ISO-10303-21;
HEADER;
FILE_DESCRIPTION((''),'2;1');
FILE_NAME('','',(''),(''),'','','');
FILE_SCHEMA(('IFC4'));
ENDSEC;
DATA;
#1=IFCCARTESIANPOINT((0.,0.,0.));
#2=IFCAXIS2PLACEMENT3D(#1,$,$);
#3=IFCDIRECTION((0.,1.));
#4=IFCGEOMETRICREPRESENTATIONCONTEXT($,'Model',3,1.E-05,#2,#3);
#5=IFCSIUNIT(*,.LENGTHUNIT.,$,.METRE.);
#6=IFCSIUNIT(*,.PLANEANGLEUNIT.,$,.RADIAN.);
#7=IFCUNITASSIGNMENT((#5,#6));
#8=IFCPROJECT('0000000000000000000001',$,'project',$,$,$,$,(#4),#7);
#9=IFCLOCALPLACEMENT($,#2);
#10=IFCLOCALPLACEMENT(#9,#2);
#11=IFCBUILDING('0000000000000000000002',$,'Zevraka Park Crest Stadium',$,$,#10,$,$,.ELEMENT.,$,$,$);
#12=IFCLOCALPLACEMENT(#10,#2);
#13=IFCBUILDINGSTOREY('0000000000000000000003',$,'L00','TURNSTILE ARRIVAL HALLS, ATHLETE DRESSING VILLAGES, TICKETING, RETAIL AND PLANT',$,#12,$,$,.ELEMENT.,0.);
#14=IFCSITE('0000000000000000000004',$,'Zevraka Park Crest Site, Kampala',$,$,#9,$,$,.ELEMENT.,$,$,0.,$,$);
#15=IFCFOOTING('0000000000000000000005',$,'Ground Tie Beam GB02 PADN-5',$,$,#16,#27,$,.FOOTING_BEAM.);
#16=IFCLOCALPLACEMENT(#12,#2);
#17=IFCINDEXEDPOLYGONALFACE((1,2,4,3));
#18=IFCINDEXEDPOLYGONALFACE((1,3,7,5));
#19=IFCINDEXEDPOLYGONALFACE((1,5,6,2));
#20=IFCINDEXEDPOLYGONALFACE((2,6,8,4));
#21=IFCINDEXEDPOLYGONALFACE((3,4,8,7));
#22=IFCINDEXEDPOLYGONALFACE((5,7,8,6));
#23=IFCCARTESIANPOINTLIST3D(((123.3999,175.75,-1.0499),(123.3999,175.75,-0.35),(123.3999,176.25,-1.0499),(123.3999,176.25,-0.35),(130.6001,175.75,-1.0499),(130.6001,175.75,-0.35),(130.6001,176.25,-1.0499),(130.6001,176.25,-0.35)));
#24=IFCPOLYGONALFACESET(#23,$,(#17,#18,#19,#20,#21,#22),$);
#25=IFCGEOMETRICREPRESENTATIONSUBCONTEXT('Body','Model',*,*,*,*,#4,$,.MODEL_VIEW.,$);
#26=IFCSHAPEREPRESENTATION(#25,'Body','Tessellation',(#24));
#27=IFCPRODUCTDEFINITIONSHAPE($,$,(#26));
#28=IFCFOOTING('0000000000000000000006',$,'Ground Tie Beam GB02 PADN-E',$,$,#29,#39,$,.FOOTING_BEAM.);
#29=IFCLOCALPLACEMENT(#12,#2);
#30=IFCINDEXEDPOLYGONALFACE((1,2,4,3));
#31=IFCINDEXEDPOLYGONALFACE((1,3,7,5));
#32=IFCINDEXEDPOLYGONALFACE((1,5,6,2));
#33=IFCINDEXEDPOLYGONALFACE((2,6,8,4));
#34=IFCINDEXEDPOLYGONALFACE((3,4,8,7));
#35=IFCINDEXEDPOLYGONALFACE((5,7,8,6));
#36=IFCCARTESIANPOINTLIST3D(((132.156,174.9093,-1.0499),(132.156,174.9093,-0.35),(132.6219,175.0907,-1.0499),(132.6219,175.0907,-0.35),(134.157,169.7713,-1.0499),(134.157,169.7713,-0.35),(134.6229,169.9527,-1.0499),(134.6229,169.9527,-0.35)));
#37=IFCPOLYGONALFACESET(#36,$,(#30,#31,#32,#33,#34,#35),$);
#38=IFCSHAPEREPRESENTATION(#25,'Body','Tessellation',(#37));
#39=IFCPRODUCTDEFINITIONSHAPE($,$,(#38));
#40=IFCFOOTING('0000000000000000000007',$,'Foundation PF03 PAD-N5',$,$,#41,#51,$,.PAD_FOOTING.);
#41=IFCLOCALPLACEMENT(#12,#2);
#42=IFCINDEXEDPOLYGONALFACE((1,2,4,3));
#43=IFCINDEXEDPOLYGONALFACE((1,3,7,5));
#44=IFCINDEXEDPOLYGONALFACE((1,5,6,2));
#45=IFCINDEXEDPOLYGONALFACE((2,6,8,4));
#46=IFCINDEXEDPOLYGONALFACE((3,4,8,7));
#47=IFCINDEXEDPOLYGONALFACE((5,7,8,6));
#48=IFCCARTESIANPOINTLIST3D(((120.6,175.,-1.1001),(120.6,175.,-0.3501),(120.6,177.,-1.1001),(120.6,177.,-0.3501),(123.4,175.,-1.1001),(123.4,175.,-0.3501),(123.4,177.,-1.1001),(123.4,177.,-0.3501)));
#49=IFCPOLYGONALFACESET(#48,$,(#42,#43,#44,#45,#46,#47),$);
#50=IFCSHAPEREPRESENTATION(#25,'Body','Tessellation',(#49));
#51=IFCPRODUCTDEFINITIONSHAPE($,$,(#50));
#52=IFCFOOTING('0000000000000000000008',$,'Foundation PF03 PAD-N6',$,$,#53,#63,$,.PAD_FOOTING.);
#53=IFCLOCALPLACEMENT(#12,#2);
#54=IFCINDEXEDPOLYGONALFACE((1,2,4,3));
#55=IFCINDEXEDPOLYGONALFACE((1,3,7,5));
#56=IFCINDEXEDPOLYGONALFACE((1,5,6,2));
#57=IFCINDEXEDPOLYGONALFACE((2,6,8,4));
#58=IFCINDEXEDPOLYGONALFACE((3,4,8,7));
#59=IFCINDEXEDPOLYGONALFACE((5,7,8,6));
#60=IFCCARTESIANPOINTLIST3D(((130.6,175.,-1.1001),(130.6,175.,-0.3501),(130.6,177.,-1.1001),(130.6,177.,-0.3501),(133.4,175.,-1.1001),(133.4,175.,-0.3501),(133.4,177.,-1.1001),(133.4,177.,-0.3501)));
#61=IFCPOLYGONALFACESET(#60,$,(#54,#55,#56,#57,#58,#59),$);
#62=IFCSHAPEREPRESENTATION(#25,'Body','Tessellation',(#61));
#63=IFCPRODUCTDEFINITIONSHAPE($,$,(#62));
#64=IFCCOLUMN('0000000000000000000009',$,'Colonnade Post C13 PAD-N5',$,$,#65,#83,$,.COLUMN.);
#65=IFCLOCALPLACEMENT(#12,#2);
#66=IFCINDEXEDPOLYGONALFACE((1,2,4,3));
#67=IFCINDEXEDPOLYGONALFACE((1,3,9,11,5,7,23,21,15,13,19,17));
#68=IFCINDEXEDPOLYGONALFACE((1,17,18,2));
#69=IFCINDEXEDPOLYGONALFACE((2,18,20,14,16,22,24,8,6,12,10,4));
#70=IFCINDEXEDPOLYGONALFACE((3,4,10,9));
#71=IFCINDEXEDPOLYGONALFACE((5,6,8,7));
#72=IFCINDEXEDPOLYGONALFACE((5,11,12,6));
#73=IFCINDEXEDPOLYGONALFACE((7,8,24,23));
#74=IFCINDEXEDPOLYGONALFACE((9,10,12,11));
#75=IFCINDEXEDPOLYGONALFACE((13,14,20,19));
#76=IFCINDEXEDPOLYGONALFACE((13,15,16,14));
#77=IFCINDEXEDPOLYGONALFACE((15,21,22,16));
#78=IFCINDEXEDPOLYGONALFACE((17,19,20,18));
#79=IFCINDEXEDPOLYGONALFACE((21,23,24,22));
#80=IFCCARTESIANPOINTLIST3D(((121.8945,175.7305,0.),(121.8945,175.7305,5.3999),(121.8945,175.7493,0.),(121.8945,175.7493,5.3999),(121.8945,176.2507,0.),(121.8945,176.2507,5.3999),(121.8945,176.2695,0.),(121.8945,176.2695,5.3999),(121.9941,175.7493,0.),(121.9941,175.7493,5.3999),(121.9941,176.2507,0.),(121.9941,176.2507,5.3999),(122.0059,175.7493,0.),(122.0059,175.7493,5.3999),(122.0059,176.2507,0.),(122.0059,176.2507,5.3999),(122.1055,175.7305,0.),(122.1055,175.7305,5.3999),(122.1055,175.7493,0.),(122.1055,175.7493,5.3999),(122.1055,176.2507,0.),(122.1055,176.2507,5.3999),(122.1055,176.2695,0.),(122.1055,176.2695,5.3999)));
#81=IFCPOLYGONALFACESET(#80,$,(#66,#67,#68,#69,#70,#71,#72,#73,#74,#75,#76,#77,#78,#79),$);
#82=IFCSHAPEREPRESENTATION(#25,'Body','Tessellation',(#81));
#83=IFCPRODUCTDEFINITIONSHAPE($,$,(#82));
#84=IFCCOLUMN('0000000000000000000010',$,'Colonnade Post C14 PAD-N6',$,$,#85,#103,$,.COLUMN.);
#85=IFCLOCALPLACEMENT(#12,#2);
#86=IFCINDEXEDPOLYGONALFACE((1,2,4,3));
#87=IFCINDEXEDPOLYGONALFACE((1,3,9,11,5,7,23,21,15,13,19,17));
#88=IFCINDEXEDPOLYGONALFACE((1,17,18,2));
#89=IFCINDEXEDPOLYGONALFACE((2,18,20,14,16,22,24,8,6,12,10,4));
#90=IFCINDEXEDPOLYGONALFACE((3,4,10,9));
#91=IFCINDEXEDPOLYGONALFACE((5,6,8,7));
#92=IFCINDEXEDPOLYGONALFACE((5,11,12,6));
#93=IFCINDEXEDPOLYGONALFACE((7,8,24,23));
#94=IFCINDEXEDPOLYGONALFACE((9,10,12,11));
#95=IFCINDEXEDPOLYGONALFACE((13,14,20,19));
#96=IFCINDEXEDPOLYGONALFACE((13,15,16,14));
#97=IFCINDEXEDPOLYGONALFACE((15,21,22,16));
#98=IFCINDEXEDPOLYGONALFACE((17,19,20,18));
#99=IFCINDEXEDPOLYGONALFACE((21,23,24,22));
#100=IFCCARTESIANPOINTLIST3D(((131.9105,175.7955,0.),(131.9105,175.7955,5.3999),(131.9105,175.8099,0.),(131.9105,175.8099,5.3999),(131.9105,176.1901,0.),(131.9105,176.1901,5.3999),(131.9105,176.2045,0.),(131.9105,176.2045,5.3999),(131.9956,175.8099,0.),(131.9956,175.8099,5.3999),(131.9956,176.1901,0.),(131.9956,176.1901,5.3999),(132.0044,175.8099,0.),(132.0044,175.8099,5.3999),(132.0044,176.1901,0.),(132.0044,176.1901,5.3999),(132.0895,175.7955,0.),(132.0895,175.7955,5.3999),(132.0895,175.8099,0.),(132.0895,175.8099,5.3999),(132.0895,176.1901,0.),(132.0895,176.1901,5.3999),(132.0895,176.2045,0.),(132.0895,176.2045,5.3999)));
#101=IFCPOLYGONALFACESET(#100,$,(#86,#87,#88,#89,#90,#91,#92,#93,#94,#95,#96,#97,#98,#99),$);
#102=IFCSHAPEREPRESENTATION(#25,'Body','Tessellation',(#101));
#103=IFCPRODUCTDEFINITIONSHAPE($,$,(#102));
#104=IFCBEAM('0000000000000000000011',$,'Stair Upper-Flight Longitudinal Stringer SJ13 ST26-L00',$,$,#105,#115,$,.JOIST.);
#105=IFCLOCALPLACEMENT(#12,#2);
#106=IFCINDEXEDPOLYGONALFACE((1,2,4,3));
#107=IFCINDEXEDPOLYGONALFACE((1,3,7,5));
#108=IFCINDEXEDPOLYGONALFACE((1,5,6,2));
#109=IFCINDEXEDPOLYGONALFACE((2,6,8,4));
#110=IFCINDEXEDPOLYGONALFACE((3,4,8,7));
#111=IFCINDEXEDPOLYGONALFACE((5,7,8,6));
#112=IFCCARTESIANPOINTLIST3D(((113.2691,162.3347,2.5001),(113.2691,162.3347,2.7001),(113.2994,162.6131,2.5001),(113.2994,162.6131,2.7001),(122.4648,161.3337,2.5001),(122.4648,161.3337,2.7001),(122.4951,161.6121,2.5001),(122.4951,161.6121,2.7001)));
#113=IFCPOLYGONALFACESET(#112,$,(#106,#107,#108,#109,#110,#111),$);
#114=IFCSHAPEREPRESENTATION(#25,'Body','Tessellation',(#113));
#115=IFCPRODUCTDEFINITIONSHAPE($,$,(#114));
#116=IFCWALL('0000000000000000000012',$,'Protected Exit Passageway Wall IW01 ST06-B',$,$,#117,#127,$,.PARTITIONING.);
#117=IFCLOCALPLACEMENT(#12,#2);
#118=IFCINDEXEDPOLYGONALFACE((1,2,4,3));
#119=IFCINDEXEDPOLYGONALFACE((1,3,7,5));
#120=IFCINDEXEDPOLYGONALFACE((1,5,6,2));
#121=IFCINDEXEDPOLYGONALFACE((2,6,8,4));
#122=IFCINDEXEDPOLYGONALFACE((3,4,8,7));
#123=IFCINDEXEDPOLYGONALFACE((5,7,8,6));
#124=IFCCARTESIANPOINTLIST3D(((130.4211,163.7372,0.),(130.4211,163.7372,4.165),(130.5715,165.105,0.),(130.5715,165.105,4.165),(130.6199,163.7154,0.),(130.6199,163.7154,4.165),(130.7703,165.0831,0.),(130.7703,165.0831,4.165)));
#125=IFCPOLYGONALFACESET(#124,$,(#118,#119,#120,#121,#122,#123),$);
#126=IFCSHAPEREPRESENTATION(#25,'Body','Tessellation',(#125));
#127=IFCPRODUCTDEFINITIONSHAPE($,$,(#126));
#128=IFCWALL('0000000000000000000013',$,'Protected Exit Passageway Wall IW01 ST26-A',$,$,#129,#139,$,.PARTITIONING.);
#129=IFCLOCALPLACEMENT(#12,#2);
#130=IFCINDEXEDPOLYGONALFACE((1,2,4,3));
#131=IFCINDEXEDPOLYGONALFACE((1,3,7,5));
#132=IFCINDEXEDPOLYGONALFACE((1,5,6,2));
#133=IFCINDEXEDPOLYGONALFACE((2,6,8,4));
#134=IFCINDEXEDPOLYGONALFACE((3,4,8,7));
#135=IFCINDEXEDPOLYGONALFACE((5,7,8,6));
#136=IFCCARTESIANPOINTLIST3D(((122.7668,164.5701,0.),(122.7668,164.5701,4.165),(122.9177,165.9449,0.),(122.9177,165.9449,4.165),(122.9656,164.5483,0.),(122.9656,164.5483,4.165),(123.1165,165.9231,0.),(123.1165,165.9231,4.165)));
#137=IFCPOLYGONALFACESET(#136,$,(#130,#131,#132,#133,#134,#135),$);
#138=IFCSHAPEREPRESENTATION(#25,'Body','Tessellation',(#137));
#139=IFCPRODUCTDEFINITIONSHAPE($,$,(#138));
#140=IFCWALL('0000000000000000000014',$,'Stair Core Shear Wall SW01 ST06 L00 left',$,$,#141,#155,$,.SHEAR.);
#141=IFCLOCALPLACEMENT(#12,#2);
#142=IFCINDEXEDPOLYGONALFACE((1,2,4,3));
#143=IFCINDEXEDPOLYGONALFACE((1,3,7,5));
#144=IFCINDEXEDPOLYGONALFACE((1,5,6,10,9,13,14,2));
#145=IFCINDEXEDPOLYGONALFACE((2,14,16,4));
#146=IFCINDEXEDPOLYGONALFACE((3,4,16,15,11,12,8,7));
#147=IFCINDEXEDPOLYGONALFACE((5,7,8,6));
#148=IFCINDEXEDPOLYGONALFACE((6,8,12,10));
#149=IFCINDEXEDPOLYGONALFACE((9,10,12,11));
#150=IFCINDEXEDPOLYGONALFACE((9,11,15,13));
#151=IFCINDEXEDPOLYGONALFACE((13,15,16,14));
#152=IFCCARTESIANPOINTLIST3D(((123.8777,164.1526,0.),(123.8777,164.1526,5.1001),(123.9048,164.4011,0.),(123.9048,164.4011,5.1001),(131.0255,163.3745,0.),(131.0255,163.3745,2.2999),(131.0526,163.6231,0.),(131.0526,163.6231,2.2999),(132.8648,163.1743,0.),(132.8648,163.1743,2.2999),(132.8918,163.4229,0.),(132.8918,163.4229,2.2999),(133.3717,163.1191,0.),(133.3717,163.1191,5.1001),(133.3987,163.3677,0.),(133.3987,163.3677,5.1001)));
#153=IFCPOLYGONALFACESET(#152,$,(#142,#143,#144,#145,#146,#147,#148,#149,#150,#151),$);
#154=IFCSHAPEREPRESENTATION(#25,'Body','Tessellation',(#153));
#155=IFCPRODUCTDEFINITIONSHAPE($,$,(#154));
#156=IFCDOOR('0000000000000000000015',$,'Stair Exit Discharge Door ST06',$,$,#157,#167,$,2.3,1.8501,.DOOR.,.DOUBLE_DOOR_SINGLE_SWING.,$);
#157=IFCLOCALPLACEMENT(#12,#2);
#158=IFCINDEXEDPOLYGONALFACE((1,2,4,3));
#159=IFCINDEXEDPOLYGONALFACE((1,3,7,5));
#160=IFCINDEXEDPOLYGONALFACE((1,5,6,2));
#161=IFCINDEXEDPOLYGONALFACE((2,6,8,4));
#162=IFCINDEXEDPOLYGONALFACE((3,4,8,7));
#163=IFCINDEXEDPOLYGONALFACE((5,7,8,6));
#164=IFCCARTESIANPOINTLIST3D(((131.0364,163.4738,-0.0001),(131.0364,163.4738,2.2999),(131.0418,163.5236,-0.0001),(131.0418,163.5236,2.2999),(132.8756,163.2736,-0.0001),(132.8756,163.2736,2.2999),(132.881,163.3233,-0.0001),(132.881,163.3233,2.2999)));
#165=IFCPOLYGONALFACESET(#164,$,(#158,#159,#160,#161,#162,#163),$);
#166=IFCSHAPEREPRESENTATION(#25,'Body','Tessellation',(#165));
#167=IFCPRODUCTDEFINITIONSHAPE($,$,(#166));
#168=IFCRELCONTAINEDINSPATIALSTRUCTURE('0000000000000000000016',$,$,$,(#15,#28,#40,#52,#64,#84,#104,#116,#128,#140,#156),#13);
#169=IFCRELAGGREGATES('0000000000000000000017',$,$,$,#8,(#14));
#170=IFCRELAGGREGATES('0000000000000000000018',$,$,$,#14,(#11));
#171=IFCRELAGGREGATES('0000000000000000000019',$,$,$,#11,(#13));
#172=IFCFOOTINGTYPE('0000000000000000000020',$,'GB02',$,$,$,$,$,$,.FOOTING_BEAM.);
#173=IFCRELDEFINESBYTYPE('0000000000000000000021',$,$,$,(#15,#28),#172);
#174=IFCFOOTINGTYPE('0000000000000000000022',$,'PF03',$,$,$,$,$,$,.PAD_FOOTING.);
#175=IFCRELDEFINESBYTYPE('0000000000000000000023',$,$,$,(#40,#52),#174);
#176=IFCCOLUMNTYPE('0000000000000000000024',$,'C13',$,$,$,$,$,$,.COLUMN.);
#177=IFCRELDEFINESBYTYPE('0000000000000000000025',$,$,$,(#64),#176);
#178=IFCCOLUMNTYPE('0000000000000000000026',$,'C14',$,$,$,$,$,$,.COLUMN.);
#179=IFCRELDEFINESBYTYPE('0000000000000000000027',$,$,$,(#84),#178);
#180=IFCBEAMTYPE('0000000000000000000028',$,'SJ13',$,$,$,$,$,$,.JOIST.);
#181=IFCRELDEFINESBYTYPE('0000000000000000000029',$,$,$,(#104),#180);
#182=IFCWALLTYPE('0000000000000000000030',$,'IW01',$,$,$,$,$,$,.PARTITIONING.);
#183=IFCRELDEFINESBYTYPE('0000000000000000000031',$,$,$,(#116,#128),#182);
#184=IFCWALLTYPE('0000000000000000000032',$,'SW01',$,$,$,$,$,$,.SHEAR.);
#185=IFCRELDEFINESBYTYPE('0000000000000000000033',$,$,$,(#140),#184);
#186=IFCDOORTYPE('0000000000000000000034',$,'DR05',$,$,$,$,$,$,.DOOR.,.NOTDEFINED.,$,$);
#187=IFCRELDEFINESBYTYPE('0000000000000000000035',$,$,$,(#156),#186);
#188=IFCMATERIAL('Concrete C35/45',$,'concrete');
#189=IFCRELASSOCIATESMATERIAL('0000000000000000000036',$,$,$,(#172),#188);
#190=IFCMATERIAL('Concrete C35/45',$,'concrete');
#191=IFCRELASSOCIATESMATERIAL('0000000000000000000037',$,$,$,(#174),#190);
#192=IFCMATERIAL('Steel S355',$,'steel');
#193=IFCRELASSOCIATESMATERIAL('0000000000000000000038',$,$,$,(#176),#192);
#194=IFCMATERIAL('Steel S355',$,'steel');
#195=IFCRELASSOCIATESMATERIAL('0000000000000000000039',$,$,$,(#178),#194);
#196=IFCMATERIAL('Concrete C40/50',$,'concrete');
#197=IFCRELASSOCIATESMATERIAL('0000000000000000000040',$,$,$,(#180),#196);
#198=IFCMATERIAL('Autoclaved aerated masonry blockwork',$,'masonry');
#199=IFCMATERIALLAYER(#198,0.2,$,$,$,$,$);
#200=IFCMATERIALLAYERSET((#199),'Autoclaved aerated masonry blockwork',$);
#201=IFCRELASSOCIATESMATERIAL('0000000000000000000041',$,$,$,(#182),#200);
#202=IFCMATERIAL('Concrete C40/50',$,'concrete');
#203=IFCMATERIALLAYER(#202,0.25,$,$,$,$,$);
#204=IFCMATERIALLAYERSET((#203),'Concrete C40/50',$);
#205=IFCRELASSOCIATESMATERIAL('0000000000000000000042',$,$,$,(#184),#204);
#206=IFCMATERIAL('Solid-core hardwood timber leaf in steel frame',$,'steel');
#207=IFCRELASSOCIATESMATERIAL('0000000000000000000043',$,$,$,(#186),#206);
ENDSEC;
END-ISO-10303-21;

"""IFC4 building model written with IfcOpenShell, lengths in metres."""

from ifc_helpers import new_model, si_unit, direction, frame, frame_2d, origin, origin_2d, place, context, subcontext, project, spatial, rectangle, i_section, extrude, material, layer, layer_set, material_profile, profile_set, type_object, element, fill, save


model = new_model("IFC4")

# Units and contexts
model_context = context("Model", 3, precision=1e-05, world=origin(), true_north=direction((0.0, 1.0)))
body_context = subcontext(model_context, "Body", "Model", "MODEL_VIEW")
ifc_project = project(units=[si_unit("LENGTHUNIT", "METRE"), si_unit("PLANEANGLEUNIT", "RADIAN")], contexts=[model_context])

# Site, building, storey
site_placement = place(None, origin())
site = spatial("IfcSite", under=ifc_project, at=site_placement, Name="Zevraka Park Crest Site, Kampala", CompositionType="ELEMENT", RefElevation=0.0)
building_placement = place(site_placement, origin())
building = spatial("IfcBuilding", under=site, at=building_placement, Name="Zevraka Park Crest Stadium", CompositionType="ELEMENT")
storey_placement = place(building_placement, origin())
storey = spatial("IfcBuildingStorey", under=building, at=storey_placement, Name="L00", Description="TURNSTILE ARRIVAL HALLS, ATHLETE DRESSING VILLAGES, TICKETING, RETAIL AND PLANT", CompositionType="ELEMENT", Elevation=0.0)

# Footings
ifc_material_1 = material(Name="Concrete C35/45", Category="concrete")
ifc_material_profile_1 = material_profile(ifc_material_1, rectangle(XDim=0.5, YDim=0.7, at=origin_2d()), Name="GB 700x500")
ifc_profile_set_1 = profile_set([ifc_material_profile_1], Name="Concrete C35/45")
footing_type_1 = type_object("IfcFootingType", Name="GB02", PredefinedType="FOOTING_BEAM", material=ifc_profile_set_1)
footing_1_placement = place(storey_placement, frame((123.3999, 176.0, -0.7), z_axis=(1.0, 0.0, 0.0), x_axis=(0.0, 1.0, 0.0)))
element("IfcFooting", 1, at=footing_1_placement, inside=storey, type_object=footing_type_1, Name="Ground Tie Beam GB02 PADN-5", PredefinedType="FOOTING_BEAM", context=body_context, shape_type="SweptSolid", body=[
    extrude(rectangle(XDim=0.5, YDim=0.7, at=origin_2d()), origin(), (0.0, 0.0, 1.0), 7.2002),
])
footing_2_placement = place(storey_placement, frame((132.3889, 175.0, -0.7), z_axis=(0.362901, -0.931828, 0.0), x_axis=(0.931828, 0.362901, 0.0)))
element("IfcFooting", 2, at=footing_2_placement, inside=storey, type_object=footing_type_1, Name="Ground Tie Beam GB02 PADN-E", PredefinedType="FOOTING_BEAM", context=body_context, shape_type="SweptSolid", body=[
    extrude(rectangle(XDim=0.5, YDim=0.7, at=origin_2d()), origin(), (0.0, 0.0, 1.0), 5.5139),
])
ifc_material_2 = material(Name="Concrete C35/45", Category="concrete")
footing_type_2 = type_object("IfcFootingType", Name="PF03", PredefinedType="PAD_FOOTING", material=ifc_material_2)
for number, where, z_axis, x_axis, name in (
    (3, (122.0, 176.0, -1.1001), (0.0, 0.0, 1.0), (1.0, 0.0, 0.0), "Foundation PF03 PAD-N5"),
    (4, (132.0, 176.0, -1.1001), (0.0, 0.0, 1.0), (1.0, 0.0, 0.0), "Foundation PF03 PAD-N6"),
):
    element("IfcFooting", number, at=place(storey_placement, frame(where, z_axis=z_axis, x_axis=x_axis)), inside=storey, type_object=footing_type_2, Name=name, PredefinedType="PAD_FOOTING", context=body_context, shape_type="SweptSolid", body=[
        extrude(rectangle(XDim=2.8, YDim=2.0, at=origin_2d()), origin(), (0.0, 0.0, 1.0), 0.75),
    ])

# Columns
ifc_material_3 = material(Name="Steel S355", Category="steel")
ifc_material_profile_2 = material_profile(ifc_material_3, i_section(OverallWidth=0.2109, OverallDepth=0.5391, WebThickness=0.0117, FlangeThickness=0.0188, at=origin_2d()), Name="UKB 533x210x109")
ifc_profile_set_2 = profile_set([ifc_material_profile_2], Name="Steel S355")
column_type_1 = type_object("IfcColumnType", Name="C13", PredefinedType="COLUMN", material=ifc_profile_set_2)
column_1_placement = place(storey_placement, frame((122.0, 176.0, 0.0), z_axis=(0.0, 0.0, 1.0), x_axis=(1.0, 0.0, 0.0)))
element("IfcColumn", 5, at=column_1_placement, inside=storey, type_object=column_type_1, Name="Colonnade Post C13 PAD-N5", PredefinedType="COLUMN", context=body_context, shape_type="SweptSolid", body=[
    extrude(i_section(OverallWidth=0.2109, OverallDepth=0.5391, WebThickness=0.0117, FlangeThickness=0.0188, at=origin_2d()), origin(), (0.0, 0.0, 1.0), 5.3999),
])
ifc_material_4 = material(Name="Steel S355", Category="steel")
ifc_material_profile_3 = material_profile(ifc_material_4, i_section(OverallWidth=0.179, OverallDepth=0.4089, WebThickness=0.0088, FlangeThickness=0.0144, at=origin_2d()), Name="UKB 406x178x67")
ifc_profile_set_3 = profile_set([ifc_material_profile_3], Name="Steel S355")
column_type_2 = type_object("IfcColumnType", Name="C14", PredefinedType="COLUMN", material=ifc_profile_set_3)
column_2_placement = place(storey_placement, frame((132.0, 176.0, 0.0), z_axis=(0.0, 0.0, 1.0), x_axis=(1.0, 0.0, 0.0)))
element("IfcColumn", 6, at=column_2_placement, inside=storey, type_object=column_type_2, Name="Colonnade Post C14 PAD-N6", PredefinedType="COLUMN", context=body_context, shape_type="SweptSolid", body=[
    extrude(i_section(OverallWidth=0.179, OverallDepth=0.4089, WebThickness=0.0088, FlangeThickness=0.0144, at=origin_2d()), origin(), (0.0, 0.0, 1.0), 5.3999),
])

# Beam
ifc_material_5 = material(Name="Concrete C40/50", Category="concrete")
ifc_material_profile_4 = material_profile(ifc_material_5, rectangle(XDim=0.28, YDim=0.2, at=origin_2d()), Name="RC 200x280")
ifc_profile_set_4 = profile_set([ifc_material_profile_4], Name="Concrete C40/50")
beam_type = type_object("IfcBeamType", Name="SJ13", PredefinedType="JOIST", material=ifc_profile_set_4)
beam_placement = place(storey_placement, frame((122.48, 161.4729, 2.6001), z_axis=(-0.994128, 0.108212, 0.0), x_axis=(-0.108212, -0.994128, 0.0)))
element("IfcBeam", 7, at=beam_placement, inside=storey, type_object=beam_type, Name="Stair Upper-Flight Longitudinal Stringer SJ13 ST26-L00", PredefinedType="JOIST", context=body_context, shape_type="SweptSolid", body=[
    extrude(rectangle(XDim=0.28, YDim=0.2, at=origin_2d()), origin(), (0.0, 0.0, 1.0), 9.25),
])

# Walls
ifc_material_6 = material(Name="Autoclaved aerated masonry blockwork", Category="masonry")
ifc_layer_1 = layer(ifc_material_6, 0.2)
ifc_layer_set_1 = layer_set([ifc_layer_1], Name="Autoclaved aerated masonry blockwork")
wall_type_1 = type_object("IfcWallType", Name="IW01", PredefinedType="PARTITIONING", material=ifc_layer_set_1)
wall_1_placement = place(storey_placement, frame((130.5205, 163.7263, 0.0), z_axis=(0.0, 0.0, 1.0), x_axis=(0.109302, 0.994009, 0.0)))
element("IfcWall", 8, at=wall_1_placement, inside=storey, type_object=wall_type_1, Name="Protected Exit Passageway Wall IW01 ST06-B", PredefinedType="PARTITIONING", context=body_context, shape_type="SweptSolid", body=[
    extrude(rectangle(XDim=1.376, YDim=0.2, at=frame_2d((0.688, 0.0))), origin(), (0.0, 0.0, 1.0), 4.165),
])
wall_2_placement = place(storey_placement, frame((122.8662, 164.5593, 0.0), z_axis=(0.0, 0.0, 1.0), x_axis=(0.109095, 0.994031, 0.0)))
element("IfcWall", 9, at=wall_2_placement, inside=storey, type_object=wall_type_1, Name="Protected Exit Passageway Wall IW01 ST26-A", PredefinedType="PARTITIONING", context=body_context, shape_type="SweptSolid", body=[
    extrude(rectangle(XDim=1.3831, YDim=0.2, at=frame_2d((0.6914, 0.0))), origin(), (0.0, 0.0, 1.0), 4.165),
])

# Wall, opening, door
ifc_material_7 = material(Name="Concrete C40/50", Category="concrete")
ifc_layer_2 = layer(ifc_material_7, 0.25)
ifc_layer_set_2 = layer_set([ifc_layer_2], Name="Concrete C40/50")
wall_type_2 = type_object("IfcWallType", Name="SW01", PredefinedType="SHEAR", material=ifc_layer_set_2)
wall_3_placement = place(storey_placement, frame((123.8914, 164.2769, 0.0), z_axis=(0.0, 0.0, 1.0), x_axis=(0.994128, -0.108215, 0.0)))
wall_3 = element("IfcWall", 10, at=wall_3_placement, inside=storey, type_object=wall_type_2, Name="Stair Core Shear Wall SW01 ST06 L00 left", PredefinedType="SHEAR", context=body_context, shape_type="SweptSolid", body=[
    extrude(rectangle(XDim=9.55, YDim=0.25, at=frame_2d((4.7749, 0.0))), origin(), (0.0, 0.0, 1.0), 5.1001),
])
opening_1_placement = place(wall_3_placement, frame((7.1899, 0.0, 0.0)))
opening_1 = element("IfcOpeningElement", 11, at=opening_1_placement, cuts=wall_3, PredefinedType="OPENING", context=body_context, shape_type="SweptSolid", body=[
    extrude(rectangle(XDim=1.8501, YDim=2.3, at=frame_2d((0.925, 1.1499))), frame((0.0, 0.135, 0.0), z_axis=(0.0, -1.0, 0.0), x_axis=(1.0, 0.0, 0.0)), (0.0, 0.0, 1.0), 0.27),
])
ifc_material_8 = material(Name="Solid-core hardwood timber leaf in steel frame", Category="steel")
door_type_1 = type_object("IfcDoorType", Name="DR05", OperationType="NOTDEFINED", PredefinedType="DOOR", material=ifc_material_8)
door_1_placement = place(opening_1_placement, origin())
door_1 = element("IfcDoor", 12, at=door_1_placement, inside=storey, type_object=door_type_1, Name="Stair Exit Discharge Door ST06", OperationType="DOUBLE_DOOR_SINGLE_SWING", OverallHeight=2.3, OverallWidth=1.8501, PredefinedType="DOOR", context=body_context, shape_type="SweptSolid", body=[
    extrude(rectangle(XDim=1.8501, YDim=2.3, at=frame_2d((0.925, 1.1499))), frame((0.0, 0.0249, 0.0), z_axis=(0.0, -1.0, 0.0), x_axis=(1.0, 0.0, 0.0)), (0.0, 0.0, 1.0), 0.05),
])
fill(opening_1, door_1)

save(model, "model.ifc")
